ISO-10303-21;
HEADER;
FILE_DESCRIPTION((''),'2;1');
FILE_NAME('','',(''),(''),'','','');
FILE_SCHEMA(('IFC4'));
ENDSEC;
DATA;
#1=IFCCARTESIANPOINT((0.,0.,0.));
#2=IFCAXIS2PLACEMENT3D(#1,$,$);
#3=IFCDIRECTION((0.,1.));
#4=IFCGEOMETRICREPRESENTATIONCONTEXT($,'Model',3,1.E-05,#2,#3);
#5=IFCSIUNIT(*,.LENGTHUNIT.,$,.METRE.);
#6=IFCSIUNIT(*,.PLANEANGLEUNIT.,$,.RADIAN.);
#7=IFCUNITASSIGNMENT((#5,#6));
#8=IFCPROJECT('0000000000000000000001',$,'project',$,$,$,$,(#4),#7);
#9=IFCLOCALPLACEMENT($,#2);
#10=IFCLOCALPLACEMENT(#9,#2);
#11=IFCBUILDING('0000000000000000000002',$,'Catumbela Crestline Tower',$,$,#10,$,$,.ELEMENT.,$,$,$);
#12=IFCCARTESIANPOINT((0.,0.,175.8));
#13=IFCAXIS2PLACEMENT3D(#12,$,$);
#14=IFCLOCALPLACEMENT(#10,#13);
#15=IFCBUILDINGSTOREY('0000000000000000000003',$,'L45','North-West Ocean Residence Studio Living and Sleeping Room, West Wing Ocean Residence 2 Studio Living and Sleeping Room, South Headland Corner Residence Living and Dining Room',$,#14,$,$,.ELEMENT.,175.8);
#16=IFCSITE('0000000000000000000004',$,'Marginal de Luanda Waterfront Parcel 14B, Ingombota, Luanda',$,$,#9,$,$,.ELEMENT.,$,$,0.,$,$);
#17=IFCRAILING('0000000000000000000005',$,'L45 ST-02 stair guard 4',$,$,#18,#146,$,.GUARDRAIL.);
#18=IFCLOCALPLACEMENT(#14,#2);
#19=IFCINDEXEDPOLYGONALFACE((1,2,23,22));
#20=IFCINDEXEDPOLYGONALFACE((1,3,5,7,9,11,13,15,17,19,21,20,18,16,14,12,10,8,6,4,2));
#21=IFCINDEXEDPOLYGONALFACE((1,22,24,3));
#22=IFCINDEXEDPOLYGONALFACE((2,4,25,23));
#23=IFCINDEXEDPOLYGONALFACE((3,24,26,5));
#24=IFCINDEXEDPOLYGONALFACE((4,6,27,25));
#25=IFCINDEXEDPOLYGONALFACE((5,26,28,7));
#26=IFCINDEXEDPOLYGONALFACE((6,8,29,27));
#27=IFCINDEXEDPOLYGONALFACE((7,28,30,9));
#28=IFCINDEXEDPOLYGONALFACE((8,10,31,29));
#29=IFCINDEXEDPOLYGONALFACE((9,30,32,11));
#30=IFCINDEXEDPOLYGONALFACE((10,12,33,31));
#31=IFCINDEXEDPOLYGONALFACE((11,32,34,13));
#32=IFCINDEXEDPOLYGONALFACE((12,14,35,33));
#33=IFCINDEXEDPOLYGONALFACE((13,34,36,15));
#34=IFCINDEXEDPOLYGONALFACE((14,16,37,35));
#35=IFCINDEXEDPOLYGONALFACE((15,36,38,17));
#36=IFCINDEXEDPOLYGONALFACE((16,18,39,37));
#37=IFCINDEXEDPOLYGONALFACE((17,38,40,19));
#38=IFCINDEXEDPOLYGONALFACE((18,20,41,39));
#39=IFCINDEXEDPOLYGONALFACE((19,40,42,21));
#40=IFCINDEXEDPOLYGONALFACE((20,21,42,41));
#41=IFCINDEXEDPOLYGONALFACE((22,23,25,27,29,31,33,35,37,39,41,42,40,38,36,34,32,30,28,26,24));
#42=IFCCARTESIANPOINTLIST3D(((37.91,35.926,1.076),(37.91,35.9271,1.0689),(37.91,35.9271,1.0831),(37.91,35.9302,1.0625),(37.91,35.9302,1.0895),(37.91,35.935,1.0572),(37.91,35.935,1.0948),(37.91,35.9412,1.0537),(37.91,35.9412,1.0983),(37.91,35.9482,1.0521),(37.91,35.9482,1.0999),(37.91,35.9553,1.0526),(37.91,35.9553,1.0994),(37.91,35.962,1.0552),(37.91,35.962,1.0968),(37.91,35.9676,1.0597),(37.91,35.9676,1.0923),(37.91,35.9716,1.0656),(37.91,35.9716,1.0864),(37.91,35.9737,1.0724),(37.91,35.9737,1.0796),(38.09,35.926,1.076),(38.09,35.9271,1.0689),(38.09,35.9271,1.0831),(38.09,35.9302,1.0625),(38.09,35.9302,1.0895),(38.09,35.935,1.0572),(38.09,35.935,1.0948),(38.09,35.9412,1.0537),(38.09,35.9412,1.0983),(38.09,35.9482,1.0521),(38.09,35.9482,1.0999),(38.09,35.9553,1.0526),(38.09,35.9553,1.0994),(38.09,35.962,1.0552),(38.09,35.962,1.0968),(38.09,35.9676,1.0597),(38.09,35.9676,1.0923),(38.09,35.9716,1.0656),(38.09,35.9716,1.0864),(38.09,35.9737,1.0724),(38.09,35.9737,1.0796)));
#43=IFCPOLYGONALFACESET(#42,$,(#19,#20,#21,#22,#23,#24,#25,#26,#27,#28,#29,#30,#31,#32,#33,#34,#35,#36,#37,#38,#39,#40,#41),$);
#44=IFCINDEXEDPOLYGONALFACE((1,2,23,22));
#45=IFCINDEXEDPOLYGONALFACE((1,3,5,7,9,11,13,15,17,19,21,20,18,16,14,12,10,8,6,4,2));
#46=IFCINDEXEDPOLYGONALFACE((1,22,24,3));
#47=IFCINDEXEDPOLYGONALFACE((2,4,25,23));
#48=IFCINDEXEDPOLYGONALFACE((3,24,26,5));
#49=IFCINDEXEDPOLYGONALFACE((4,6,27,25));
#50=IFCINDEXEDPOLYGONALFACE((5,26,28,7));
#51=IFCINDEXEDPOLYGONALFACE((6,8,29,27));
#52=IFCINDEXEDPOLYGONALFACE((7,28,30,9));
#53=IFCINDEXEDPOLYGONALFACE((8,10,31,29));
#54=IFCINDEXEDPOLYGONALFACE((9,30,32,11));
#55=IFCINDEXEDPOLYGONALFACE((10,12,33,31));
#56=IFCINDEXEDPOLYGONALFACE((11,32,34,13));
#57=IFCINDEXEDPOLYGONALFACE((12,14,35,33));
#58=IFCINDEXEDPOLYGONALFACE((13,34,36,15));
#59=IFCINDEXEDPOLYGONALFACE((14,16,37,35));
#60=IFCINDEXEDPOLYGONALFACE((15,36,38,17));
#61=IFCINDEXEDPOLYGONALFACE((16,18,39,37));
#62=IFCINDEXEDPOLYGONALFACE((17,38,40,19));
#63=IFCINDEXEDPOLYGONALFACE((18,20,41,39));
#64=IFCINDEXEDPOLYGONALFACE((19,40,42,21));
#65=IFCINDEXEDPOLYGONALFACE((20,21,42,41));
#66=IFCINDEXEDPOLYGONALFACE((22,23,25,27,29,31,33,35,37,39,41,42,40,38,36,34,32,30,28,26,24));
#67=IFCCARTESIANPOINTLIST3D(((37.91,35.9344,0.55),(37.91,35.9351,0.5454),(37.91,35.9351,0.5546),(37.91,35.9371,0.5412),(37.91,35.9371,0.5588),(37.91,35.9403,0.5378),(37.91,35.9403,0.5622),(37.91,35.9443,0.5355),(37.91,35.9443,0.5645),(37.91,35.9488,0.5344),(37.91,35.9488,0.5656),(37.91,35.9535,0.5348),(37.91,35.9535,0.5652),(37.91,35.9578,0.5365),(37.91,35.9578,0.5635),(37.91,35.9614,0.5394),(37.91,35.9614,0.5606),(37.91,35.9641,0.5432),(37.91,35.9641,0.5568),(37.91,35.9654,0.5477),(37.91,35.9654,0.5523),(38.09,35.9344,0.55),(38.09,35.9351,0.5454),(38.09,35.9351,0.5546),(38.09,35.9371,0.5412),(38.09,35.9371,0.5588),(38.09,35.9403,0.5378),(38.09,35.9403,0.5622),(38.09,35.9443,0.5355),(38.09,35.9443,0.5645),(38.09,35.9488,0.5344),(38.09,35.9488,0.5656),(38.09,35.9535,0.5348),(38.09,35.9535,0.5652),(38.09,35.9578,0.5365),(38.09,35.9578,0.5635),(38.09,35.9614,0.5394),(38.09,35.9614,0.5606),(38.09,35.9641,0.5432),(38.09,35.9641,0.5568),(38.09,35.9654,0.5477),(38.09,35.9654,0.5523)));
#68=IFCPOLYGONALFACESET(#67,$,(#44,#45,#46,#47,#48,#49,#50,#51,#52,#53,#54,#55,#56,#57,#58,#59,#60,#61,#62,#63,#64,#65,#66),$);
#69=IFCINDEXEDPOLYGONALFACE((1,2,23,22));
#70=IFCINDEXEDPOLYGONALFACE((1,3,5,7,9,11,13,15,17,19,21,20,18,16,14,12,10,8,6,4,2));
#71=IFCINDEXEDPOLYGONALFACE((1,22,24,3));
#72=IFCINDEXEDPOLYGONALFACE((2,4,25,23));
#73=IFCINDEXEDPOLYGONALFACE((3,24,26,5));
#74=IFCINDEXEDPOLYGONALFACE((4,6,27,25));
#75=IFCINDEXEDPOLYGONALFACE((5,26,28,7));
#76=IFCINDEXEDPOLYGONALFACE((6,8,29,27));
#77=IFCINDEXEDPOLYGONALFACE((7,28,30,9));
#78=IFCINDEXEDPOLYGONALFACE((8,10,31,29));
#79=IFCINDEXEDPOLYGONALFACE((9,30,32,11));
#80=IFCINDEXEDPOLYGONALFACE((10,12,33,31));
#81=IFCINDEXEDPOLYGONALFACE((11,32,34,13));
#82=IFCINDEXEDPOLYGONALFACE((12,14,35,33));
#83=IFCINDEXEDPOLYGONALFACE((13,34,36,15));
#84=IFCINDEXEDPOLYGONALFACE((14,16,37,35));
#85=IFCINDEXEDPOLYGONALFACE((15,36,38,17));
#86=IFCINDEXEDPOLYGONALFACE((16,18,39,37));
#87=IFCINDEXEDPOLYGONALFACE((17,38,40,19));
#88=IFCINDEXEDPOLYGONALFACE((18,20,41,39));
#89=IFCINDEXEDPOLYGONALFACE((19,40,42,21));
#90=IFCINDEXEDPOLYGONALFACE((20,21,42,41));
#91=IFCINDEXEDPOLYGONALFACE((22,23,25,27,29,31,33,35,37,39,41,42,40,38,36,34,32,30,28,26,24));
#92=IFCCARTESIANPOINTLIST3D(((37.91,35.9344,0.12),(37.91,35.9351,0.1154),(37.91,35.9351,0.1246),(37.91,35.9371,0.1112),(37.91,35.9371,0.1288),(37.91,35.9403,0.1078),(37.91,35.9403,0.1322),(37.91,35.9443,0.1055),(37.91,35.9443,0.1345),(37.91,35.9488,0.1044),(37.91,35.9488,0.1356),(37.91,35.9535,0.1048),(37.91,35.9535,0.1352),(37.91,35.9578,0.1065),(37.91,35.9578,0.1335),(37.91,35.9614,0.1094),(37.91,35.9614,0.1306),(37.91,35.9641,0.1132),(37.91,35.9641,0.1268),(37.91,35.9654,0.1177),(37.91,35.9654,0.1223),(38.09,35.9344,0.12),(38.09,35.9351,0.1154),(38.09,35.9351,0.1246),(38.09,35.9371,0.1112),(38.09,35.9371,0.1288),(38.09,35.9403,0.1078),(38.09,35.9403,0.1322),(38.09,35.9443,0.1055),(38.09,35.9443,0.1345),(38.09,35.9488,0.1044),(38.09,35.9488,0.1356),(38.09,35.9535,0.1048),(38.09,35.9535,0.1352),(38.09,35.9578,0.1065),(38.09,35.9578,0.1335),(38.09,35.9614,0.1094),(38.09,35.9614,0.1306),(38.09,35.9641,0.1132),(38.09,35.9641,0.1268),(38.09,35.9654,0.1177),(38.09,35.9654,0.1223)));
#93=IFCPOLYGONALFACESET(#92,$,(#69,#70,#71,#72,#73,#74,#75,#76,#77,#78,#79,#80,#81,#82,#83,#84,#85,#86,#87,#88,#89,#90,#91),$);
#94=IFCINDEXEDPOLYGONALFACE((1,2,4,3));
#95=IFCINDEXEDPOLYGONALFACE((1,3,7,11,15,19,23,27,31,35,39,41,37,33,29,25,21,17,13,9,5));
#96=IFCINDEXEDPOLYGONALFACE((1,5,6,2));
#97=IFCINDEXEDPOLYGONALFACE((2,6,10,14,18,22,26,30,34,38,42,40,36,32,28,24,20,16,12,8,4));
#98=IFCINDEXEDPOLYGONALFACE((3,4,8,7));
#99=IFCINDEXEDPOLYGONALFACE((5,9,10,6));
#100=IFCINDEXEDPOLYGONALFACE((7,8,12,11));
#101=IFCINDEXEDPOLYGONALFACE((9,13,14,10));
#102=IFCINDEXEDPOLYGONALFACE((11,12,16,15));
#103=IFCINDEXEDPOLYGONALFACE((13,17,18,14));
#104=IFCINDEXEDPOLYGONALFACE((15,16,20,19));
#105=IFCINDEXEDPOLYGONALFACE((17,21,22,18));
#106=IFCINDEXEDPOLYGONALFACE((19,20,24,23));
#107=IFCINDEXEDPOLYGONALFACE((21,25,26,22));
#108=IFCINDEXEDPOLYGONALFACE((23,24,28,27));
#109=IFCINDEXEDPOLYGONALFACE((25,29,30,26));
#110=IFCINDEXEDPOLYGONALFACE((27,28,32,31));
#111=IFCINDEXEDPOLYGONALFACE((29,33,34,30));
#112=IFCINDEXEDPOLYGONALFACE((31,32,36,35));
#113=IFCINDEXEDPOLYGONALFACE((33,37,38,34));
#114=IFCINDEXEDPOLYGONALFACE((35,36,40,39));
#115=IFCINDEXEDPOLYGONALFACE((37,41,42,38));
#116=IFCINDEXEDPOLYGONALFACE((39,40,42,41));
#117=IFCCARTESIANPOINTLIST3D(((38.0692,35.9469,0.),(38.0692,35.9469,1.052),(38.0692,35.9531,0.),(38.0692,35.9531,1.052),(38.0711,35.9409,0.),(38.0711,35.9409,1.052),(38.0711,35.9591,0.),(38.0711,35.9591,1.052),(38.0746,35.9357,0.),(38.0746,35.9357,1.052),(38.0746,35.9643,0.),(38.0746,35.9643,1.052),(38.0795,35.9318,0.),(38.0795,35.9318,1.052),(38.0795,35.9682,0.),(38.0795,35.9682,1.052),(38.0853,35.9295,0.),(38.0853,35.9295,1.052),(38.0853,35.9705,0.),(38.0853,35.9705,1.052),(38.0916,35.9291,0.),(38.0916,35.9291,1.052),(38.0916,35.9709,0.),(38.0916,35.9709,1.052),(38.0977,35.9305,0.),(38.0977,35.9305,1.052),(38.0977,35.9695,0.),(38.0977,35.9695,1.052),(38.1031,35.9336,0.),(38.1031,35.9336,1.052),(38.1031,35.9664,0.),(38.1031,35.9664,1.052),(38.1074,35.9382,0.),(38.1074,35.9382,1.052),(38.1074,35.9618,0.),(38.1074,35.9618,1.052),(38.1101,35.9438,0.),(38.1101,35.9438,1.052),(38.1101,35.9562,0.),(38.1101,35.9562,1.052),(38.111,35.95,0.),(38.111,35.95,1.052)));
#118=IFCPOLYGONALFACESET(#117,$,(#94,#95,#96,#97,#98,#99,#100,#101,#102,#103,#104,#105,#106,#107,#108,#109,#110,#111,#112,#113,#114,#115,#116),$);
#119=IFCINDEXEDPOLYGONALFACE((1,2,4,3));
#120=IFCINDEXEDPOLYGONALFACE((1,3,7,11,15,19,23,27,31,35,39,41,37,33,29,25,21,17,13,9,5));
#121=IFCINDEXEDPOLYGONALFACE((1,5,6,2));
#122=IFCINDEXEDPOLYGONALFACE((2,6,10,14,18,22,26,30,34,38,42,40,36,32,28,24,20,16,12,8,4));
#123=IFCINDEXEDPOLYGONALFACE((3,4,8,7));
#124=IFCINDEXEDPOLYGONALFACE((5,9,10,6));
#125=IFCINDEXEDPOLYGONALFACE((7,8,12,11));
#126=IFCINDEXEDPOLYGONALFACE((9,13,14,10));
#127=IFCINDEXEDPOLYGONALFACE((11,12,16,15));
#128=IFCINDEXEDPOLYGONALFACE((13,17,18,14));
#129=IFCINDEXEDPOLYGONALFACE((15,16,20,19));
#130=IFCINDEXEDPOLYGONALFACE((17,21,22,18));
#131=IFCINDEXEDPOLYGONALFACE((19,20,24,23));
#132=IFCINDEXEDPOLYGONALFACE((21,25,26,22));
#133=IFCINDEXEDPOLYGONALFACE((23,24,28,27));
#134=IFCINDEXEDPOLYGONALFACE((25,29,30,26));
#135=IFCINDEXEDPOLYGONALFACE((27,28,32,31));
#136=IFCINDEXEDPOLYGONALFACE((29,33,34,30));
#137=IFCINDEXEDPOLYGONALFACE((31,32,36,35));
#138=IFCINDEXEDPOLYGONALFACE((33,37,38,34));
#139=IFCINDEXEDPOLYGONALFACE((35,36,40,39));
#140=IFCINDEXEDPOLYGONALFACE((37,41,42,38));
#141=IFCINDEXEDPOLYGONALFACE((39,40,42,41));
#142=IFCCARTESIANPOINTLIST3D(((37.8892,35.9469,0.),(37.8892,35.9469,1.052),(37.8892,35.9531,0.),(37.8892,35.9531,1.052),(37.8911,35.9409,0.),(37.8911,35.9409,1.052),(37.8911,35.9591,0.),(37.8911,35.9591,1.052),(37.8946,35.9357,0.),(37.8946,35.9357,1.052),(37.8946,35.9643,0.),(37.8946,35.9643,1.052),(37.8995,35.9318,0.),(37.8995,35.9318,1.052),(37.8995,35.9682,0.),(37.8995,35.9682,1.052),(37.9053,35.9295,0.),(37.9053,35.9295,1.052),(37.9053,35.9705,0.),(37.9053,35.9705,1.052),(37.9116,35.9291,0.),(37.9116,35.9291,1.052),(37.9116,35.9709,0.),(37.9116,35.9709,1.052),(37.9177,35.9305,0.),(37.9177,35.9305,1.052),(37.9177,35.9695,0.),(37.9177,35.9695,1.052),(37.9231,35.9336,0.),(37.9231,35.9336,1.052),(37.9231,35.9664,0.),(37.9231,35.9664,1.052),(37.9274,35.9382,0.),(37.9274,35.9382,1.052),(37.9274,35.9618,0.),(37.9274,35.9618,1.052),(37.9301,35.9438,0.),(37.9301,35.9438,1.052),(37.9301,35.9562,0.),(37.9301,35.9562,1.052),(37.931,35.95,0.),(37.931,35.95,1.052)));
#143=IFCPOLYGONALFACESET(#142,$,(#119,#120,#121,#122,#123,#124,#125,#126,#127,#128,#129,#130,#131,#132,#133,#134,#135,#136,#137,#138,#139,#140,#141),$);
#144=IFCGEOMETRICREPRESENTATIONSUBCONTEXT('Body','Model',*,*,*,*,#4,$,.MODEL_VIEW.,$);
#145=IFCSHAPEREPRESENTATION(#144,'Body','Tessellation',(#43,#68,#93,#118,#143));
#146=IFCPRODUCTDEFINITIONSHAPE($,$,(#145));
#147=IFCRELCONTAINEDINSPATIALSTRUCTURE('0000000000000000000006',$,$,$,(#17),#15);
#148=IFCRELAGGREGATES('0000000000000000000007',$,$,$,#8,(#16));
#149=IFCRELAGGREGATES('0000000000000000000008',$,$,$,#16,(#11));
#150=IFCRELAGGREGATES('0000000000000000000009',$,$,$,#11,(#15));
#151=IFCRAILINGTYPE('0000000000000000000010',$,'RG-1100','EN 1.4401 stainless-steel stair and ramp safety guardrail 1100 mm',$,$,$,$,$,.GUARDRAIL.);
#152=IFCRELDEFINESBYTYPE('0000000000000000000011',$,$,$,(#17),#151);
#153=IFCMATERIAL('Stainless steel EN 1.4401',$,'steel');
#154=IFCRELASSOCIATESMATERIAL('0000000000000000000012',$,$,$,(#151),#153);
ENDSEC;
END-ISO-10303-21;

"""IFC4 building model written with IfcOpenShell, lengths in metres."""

from ifc_helpers import new_model, si_unit, direction, frame, origin, origin_2d, place, context, subcontext, project, spatial, circle, extrude, material, type_object, element, save


model = new_model("IFC4")

# Units and contexts
model_context = context("Model", 3, precision=1e-05, world=origin(), true_north=direction((0.0, 1.0)))
body_context = subcontext(model_context, "Body", "Model", "MODEL_VIEW")
ifc_project = project(units=[si_unit("LENGTHUNIT", "METRE"), si_unit("PLANEANGLEUNIT", "RADIAN")], contexts=[model_context])

# Site, building, storey
site_placement = place(None, origin())
site = spatial("IfcSite", under=ifc_project, at=site_placement, Name="Marginal de Luanda Waterfront Parcel 14B, Ingombota, Luanda", CompositionType="ELEMENT", RefElevation=0.0)
building_placement = place(site_placement, origin())
building = spatial("IfcBuilding", under=site, at=building_placement, Name="Catumbela Crestline Tower", CompositionType="ELEMENT")
storey_placement = place(building_placement, frame((0.0, 0.0, 175.8)))
storey = spatial("IfcBuildingStorey", under=building, at=storey_placement, Name="L45", Description="North-West Ocean Residence Studio Living and Sleeping Room, West Wing Ocean Residence 2 Studio Living and Sleeping Room, South Headland Corner Residence Living and Dining Room", CompositionType="ELEMENT", Elevation=175.8)

# Shared definitions
ifc_material_1 = material(Name="Stainless steel EN 1.4401", Category="steel")

# Railing
railing_type_1 = type_object("IfcRailingType", Name="RG-1100", Description="EN 1.4401 stainless-steel stair and ramp safety guardrail 1100 mm", PredefinedType="GUARDRAIL", material=ifc_material_1)
railing_1_placement = place(storey_placement, frame((38.09, 35.95, 0.0)))
element("IfcRailing", 1, at=railing_1_placement, inside=storey, type_object=railing_type_1, Name="L45 ST-02 stair guard 4", PredefinedType="GUARDRAIL", context=body_context, shape_type="SweptSolid", body=[
    extrude(circle(Radius=0.024, at=origin_2d()), frame((0.0, 0.0, 1.076), z_axis=(-1.0, 0.0, 0.0), x_axis=(0.0, -1.0, 0.0)), (0.0, 0.0, 1.0), 0.18),
    extrude(circle(Radius=0.0156, at=origin_2d()), frame((0.0, 0.0, 0.55), z_axis=(-1.0, 0.0, 0.0), x_axis=(0.0, -1.0, 0.0)), (0.0, 0.0, 1.0), 0.18),
    extrude(circle(Radius=0.0156, at=origin_2d()), frame((0.0, 0.0, 0.12), z_axis=(-1.0, 0.0, 0.0), x_axis=(0.0, -1.0, 0.0)), (0.0, 0.0, 1.0), 0.18),
    extrude(circle(Radius=0.021, at=origin_2d()), origin(), (0.0, 0.0, 1.0), 1.052),
    extrude(circle(Radius=0.021, at=origin_2d()), frame((-0.18, 0.0, 0.0)), (0.0, 0.0, 1.0), 1.052),
])

save(model, "model.ifc")
